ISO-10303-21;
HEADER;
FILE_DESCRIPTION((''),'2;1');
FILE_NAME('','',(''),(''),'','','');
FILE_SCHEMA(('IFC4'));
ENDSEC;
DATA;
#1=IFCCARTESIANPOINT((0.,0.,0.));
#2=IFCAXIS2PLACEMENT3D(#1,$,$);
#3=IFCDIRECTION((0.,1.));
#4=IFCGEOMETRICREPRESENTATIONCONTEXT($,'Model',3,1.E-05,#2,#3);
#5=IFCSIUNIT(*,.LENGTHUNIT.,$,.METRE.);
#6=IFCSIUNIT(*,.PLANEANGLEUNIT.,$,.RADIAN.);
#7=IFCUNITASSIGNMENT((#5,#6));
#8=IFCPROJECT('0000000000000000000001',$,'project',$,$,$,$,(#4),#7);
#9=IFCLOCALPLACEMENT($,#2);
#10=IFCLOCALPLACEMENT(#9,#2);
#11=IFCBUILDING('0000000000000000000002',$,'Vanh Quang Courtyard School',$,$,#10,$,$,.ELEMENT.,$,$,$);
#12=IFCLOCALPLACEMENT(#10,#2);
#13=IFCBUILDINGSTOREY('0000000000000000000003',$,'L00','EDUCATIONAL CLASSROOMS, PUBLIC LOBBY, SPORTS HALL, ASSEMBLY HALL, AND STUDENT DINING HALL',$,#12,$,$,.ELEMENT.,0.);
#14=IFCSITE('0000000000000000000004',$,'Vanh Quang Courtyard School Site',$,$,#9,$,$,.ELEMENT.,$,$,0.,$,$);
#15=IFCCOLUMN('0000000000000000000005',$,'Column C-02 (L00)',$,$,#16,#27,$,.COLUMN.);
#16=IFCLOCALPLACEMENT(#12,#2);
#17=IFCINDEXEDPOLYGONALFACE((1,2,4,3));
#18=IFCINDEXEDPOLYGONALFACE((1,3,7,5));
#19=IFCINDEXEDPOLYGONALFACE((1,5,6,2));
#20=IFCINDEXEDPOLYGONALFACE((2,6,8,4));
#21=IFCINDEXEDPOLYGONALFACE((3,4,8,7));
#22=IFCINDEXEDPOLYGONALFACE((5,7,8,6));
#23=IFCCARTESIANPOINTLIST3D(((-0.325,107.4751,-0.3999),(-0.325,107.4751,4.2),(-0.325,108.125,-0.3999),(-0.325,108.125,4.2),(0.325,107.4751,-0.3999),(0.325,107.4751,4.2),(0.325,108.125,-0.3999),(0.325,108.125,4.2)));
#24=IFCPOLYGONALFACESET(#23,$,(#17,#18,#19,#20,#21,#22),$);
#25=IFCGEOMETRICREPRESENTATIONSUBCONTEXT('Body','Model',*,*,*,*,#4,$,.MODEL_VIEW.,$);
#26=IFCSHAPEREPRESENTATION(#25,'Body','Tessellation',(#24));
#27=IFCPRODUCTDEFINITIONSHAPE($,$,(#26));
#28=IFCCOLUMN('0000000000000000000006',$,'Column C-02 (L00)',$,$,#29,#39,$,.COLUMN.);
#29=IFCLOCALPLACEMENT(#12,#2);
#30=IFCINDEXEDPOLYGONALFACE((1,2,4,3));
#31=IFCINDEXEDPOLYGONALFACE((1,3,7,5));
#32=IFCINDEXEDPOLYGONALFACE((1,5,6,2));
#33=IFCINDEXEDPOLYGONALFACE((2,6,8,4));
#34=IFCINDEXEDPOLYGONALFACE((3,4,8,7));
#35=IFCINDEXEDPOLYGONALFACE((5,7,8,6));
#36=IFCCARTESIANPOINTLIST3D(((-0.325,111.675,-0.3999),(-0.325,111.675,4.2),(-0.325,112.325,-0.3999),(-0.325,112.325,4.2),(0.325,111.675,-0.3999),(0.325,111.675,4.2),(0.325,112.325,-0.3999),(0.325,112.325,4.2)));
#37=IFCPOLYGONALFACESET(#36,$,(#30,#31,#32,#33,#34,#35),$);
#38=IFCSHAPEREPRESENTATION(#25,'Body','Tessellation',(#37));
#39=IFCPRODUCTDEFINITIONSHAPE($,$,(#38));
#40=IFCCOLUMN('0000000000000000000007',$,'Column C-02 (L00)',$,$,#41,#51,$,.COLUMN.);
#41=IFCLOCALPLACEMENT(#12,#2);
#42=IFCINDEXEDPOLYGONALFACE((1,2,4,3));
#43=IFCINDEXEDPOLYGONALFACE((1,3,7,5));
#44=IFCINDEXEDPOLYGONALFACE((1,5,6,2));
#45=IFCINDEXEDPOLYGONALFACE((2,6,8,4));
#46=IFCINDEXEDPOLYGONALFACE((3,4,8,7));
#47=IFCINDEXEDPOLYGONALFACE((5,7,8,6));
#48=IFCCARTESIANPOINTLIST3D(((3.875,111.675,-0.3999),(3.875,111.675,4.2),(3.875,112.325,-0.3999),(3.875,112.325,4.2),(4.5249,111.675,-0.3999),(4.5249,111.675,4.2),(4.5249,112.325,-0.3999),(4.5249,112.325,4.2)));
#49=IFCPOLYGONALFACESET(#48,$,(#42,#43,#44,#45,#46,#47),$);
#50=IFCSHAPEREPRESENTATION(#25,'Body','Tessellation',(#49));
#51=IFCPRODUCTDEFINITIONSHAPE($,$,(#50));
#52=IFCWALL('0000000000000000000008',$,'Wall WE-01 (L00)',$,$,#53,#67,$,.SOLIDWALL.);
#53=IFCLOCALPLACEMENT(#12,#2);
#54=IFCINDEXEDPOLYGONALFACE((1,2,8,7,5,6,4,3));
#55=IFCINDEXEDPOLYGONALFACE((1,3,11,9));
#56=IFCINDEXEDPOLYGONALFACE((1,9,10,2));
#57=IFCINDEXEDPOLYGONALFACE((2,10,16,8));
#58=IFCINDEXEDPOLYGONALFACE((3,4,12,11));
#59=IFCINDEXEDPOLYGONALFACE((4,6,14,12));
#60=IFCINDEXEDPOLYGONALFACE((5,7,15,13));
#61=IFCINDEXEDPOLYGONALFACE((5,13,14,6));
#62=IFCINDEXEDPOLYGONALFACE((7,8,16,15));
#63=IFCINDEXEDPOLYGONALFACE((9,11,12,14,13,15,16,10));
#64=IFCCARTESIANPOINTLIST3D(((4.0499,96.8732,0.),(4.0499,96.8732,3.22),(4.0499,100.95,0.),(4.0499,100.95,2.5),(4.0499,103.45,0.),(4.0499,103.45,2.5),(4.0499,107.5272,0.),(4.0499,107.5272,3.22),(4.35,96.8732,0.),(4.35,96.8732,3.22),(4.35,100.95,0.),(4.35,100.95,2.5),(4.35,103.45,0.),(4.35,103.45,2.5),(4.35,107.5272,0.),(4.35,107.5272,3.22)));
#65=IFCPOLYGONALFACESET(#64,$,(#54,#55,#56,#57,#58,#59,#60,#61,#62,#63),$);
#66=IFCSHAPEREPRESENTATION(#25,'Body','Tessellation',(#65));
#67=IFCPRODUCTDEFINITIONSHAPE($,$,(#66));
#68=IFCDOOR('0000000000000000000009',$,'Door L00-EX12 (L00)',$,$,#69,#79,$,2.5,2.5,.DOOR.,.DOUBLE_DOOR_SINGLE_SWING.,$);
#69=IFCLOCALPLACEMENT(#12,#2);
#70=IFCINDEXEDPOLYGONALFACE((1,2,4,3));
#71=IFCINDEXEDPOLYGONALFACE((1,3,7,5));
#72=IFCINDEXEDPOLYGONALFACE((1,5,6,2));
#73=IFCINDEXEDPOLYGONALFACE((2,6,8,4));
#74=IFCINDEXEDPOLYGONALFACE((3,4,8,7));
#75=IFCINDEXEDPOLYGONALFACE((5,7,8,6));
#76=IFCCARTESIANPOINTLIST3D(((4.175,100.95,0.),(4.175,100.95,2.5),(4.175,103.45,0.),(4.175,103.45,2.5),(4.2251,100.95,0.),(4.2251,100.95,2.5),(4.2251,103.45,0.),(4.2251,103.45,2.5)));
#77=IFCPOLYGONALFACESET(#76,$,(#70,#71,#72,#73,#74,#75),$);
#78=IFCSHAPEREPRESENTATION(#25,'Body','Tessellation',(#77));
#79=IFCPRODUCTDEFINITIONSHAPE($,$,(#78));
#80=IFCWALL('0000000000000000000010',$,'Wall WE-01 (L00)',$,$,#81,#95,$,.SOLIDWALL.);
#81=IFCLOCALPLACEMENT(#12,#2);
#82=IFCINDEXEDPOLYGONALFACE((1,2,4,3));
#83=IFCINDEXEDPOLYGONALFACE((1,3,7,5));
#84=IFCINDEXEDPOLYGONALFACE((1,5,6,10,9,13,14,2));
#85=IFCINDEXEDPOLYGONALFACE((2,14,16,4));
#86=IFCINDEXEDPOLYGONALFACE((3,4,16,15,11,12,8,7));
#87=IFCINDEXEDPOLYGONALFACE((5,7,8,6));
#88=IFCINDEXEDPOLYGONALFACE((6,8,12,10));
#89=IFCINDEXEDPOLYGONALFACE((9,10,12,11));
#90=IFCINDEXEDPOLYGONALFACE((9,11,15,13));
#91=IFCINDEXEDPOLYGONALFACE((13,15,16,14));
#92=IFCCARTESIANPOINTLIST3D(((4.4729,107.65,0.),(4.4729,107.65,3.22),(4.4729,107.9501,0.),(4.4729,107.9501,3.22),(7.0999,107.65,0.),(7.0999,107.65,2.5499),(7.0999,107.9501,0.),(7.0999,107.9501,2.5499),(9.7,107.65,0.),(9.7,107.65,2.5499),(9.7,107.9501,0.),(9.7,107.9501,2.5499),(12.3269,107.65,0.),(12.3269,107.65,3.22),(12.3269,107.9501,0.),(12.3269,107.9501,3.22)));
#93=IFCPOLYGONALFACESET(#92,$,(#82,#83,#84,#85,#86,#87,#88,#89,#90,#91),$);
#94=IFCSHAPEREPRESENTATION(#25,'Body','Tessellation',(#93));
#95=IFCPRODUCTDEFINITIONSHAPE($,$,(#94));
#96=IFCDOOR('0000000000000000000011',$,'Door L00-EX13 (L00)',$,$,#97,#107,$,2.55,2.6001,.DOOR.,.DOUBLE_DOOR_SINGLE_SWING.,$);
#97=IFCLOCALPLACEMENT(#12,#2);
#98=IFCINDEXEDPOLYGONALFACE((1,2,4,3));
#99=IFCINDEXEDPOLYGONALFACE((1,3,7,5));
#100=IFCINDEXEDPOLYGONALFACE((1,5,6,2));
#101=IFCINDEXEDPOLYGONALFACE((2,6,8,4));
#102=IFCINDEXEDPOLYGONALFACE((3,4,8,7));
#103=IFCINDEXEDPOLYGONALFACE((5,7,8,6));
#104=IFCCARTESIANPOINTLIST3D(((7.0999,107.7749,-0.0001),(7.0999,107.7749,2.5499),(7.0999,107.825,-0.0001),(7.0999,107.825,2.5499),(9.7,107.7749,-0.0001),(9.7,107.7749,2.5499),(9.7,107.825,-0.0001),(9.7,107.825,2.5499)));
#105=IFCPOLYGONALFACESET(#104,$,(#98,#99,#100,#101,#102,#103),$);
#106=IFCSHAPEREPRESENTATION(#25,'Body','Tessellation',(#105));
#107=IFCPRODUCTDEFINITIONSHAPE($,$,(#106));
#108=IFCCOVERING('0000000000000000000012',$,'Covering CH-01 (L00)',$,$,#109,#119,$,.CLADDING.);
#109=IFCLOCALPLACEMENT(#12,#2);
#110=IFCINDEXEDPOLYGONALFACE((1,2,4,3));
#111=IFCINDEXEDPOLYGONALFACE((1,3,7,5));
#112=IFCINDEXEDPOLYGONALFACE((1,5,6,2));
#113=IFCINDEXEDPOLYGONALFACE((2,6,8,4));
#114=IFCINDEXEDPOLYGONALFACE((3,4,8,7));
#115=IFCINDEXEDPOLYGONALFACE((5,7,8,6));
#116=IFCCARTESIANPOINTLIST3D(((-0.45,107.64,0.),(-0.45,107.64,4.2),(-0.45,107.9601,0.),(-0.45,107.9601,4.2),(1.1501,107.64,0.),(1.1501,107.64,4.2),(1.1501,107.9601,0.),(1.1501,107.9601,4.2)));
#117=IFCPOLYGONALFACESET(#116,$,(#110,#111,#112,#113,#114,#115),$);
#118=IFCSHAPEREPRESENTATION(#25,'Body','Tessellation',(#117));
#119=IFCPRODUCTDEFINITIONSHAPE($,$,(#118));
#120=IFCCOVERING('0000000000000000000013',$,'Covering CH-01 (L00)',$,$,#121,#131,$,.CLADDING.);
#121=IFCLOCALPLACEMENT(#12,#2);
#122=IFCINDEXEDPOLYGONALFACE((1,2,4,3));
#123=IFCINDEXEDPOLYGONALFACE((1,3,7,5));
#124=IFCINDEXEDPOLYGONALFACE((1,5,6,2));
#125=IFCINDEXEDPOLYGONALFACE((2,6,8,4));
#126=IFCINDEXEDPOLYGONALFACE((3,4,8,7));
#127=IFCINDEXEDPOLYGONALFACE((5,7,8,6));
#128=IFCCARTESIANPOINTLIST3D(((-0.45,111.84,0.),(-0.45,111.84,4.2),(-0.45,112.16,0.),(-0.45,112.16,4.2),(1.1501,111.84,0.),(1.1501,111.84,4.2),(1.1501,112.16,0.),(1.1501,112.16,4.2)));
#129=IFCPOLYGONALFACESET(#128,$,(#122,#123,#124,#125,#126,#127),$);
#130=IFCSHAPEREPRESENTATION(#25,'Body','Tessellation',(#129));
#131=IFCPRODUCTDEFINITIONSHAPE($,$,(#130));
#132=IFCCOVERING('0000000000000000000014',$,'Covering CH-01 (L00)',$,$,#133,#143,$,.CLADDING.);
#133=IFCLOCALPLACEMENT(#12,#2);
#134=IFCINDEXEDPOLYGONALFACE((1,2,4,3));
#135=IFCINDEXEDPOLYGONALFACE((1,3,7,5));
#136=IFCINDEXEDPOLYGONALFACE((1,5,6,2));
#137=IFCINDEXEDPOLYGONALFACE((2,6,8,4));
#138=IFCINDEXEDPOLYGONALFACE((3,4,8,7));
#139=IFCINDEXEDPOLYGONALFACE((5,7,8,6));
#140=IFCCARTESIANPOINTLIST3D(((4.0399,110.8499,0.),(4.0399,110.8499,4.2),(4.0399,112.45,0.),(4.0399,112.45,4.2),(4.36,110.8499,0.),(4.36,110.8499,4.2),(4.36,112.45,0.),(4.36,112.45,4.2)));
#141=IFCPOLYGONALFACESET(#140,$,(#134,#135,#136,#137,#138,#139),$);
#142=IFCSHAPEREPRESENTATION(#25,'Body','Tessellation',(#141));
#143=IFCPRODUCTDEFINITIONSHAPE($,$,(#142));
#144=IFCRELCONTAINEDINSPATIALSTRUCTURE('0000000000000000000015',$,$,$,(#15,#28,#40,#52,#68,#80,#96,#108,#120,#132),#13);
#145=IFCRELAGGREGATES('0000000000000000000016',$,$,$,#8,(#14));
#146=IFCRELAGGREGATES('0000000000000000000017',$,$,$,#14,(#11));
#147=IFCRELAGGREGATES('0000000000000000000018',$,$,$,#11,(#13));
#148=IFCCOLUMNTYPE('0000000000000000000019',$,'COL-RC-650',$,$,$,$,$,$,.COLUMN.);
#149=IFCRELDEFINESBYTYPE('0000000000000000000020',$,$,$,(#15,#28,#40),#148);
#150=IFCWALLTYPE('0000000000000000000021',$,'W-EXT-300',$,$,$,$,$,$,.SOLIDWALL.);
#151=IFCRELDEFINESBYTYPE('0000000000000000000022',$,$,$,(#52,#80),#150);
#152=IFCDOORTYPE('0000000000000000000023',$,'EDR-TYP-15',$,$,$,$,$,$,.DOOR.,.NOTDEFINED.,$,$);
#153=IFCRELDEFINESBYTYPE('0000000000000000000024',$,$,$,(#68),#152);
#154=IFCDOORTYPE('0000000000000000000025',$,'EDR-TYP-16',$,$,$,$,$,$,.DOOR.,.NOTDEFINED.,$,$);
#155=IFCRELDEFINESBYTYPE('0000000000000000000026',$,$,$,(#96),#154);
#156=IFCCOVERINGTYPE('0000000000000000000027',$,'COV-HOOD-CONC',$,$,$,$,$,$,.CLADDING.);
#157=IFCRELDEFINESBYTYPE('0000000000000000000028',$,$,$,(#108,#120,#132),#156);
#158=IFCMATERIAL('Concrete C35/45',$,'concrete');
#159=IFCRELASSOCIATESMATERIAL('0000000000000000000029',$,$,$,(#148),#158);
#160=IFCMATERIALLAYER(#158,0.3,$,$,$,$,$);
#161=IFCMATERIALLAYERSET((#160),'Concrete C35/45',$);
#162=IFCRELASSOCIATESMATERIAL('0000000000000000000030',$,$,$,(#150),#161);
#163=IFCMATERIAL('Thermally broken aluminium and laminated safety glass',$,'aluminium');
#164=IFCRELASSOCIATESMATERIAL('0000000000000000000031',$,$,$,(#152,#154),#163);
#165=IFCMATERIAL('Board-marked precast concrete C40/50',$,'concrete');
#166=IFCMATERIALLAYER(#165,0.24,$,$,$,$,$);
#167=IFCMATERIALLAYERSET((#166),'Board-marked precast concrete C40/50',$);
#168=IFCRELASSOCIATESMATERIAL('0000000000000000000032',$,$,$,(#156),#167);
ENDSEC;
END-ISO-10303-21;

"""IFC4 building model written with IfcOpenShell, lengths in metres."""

from ifc_helpers import new_model, si_unit, direction, frame, frame_2d, origin, origin_2d, place, context, subcontext, project, spatial, rectangle, extrude, material, layer, layer_set, material_profile, profile_set, type_object, element, fill, save


model = new_model("IFC4")

# Units and contexts
model_context = context("Model", 3, precision=1e-05, world=origin(), true_north=direction((0.0, 1.0)))
body_context = subcontext(model_context, "Body", "Model", "MODEL_VIEW")
ifc_project = project(units=[si_unit("LENGTHUNIT", "METRE"), si_unit("PLANEANGLEUNIT", "RADIAN")], contexts=[model_context])

# Site, building, storey
site_placement = place(None, origin())
site = spatial("IfcSite", under=ifc_project, at=site_placement, Name="Vanh Quang Courtyard School Site", CompositionType="ELEMENT", RefElevation=0.0)
building_placement = place(site_placement, origin())
building = spatial("IfcBuilding", under=site, at=building_placement, Name="Vanh Quang Courtyard School", CompositionType="ELEMENT")
storey_placement = place(building_placement, origin())
storey = spatial("IfcBuildingStorey", under=building, at=storey_placement, Name="L00", Description="EDUCATIONAL CLASSROOMS, PUBLIC LOBBY, SPORTS HALL, ASSEMBLY HALL, AND STUDENT DINING HALL", CompositionType="ELEMENT", Elevation=0.0)

# Shared definitions
ifc_material_1 = material(Name="Concrete C35/45", Category="concrete")

# Columns
ifc_material_profile_1 = material_profile(ifc_material_1, rectangle(XDim=0.6499, YDim=0.6499, at=origin_2d()), Name="RC-COL 650x650")
ifc_profile_set_1 = profile_set([ifc_material_profile_1], Name="Concrete C35/45")
column_type_1 = type_object("IfcColumnType", Name="COL-RC-650", PredefinedType="COLUMN", material=ifc_profile_set_1)
for number, where, z_axis, x_axis, name in (
    (1, (0.0, 107.8, -0.3999), (0.0, 0.0, 1.0), (1.0, 0.0, 0.0), "Column C-02 (L00)"),
    (2, (0.0, 112.0, -0.3999), (0.0, 0.0, 1.0), (1.0, 0.0, 0.0), "Column C-02 (L00)"),
    (3, (4.2, 112.0, -0.3999), (0.0, 0.0, 1.0), (1.0, 0.0, 0.0), "Column C-02 (L00)"),
):
    element("IfcColumn", number, at=place(storey_placement, frame(where, z_axis=z_axis, x_axis=x_axis)), inside=storey, type_object=column_type_1, Name=name, PredefinedType="COLUMN", context=body_context, shape_type="SweptSolid", body=[
        extrude(rectangle(XDim=0.6499, YDim=0.6499, at=origin_2d()), origin(), (0.0, 0.0, 1.0), 4.5999),
    ])

# Walls, openings, doors
ifc_layer_1 = layer(ifc_material_1, 0.3)
ifc_layer_set_1 = layer_set([ifc_layer_1], Name="Concrete C35/45")
wall_type = type_object("IfcWallType", Name="W-EXT-300", PredefinedType="SOLIDWALL", material=ifc_layer_set_1)
wall_1_placement = place(storey_placement, frame((4.2, 96.873, 0.0), z_axis=(0.0, 0.0, 1.0), x_axis=(0.0, 1.0, 0.0)))
wall_1 = element("IfcWall", 4, at=wall_1_placement, inside=storey, type_object=wall_type, Name="Wall WE-01 (L00)", PredefinedType="SOLIDWALL", context=body_context, shape_type="SweptSolid", body=[
    extrude(rectangle(XDim=10.6541, YDim=0.3, at=frame_2d((5.3271, 0.0))), origin(), (0.0, 0.0, 1.0), 3.22),
])
opening_1_placement = place(wall_1_placement, frame((4.0769, 0.0, 0.0)))
opening_1 = element("IfcOpeningElement", 5, at=opening_1_placement, cuts=wall_1, PredefinedType="OPENING", context=body_context, shape_type="SweptSolid", body=[
    extrude(rectangle(XDim=2.5, YDim=2.5, at=frame_2d((1.25, 1.25))), frame((0.0, 0.1602, 0.0), z_axis=(0.0, -1.0, 0.0), x_axis=(1.0, 0.0, 0.0)), (0.0, 0.0, 1.0), 0.3201),
])
ifc_material_2 = material(Name="Thermally broken aluminium and laminated safety glass", Category="aluminium")
door_type_1 = type_object("IfcDoorType", Name="EDR-TYP-15", OperationType="NOTDEFINED", PredefinedType="DOOR", material=ifc_material_2)
door_1_placement = place(opening_1_placement, origin())
door_1 = element("IfcDoor", 6, at=door_1_placement, inside=storey, type_object=door_type_1, Name="Door L00-EX12 (L00)", OperationType="DOUBLE_DOOR_SINGLE_SWING", OverallHeight=2.5, OverallWidth=2.5, PredefinedType="DOOR", context=body_context, shape_type="SweptSolid", body=[
    extrude(rectangle(XDim=2.5, YDim=2.5, at=frame_2d((1.25, 1.25))), frame((0.0, 0.0249, 0.0), z_axis=(0.0, -1.0, 0.0), x_axis=(1.0, 0.0, 0.0)), (0.0, 0.0, 1.0), 0.05),
])
fill(opening_1, door_1)
wall_2_placement = place(storey_placement, frame((4.4729, 107.8, 0.0), z_axis=(0.0, 0.0, 1.0), x_axis=(1.0, 0.0, 0.0)))
wall_2 = element("IfcWall", 7, at=wall_2_placement, inside=storey, type_object=wall_type, Name="Wall WE-01 (L00)", PredefinedType="SOLIDWALL", context=body_context, shape_type="SweptSolid", body=[
    extrude(rectangle(XDim=7.854, YDim=0.3, at=frame_2d((3.927, 0.0))), origin(), (0.0, 0.0, 1.0), 3.22),
])
opening_2_placement = place(wall_2_placement, frame((2.627, 0.0, 0.0)))
opening_2 = element("IfcOpeningElement", 8, at=opening_2_placement, cuts=wall_2, PredefinedType="OPENING", context=body_context, shape_type="SweptSolid", body=[
    extrude(rectangle(XDim=2.6001, YDim=2.55, at=frame_2d((1.3, 1.2749))), frame((0.0, 0.1602, 0.0), z_axis=(0.0, -1.0, 0.0), x_axis=(1.0, 0.0, 0.0)), (0.0, 0.0, 1.0), 0.3201),
])
door_type_2 = type_object("IfcDoorType", Name="EDR-TYP-16", OperationType="NOTDEFINED", PredefinedType="DOOR", material=ifc_material_2)
door_2_placement = place(opening_2_placement, origin())
door_2 = element("IfcDoor", 9, at=door_2_placement, inside=storey, type_object=door_type_2, Name="Door L00-EX13 (L00)", OperationType="DOUBLE_DOOR_SINGLE_SWING", OverallHeight=2.55, OverallWidth=2.6001, PredefinedType="DOOR", context=body_context, shape_type="SweptSolid", body=[
    extrude(rectangle(XDim=2.6001, YDim=2.55, at=frame_2d((1.3, 1.2749))), frame((0.0, 0.0249, 0.0), z_axis=(0.0, -1.0, 0.0), x_axis=(1.0, 0.0, 0.0)), (0.0, 0.0, 1.0), 0.05),
])
fill(opening_2, door_2)

# Coverings
ifc_material_3 = material(Name="Board-marked precast concrete C40/50", Category="concrete")
ifc_layer_2 = layer(ifc_material_3, 0.24)
ifc_layer_set_2 = layer_set([ifc_layer_2], Name="Board-marked precast concrete C40/50")
covering_type = type_object("IfcCoveringType", Name="COV-HOOD-CONC", PredefinedType="CLADDING", material=ifc_layer_set_2)
for number, where, z_axis, x_axis, name in (
    (10, (0.3501, 107.8, 0.0), (0.0, 0.0, 1.0), (1.0, 0.0, 0.0), "Covering CH-01 (L00)"),
    (11, (0.3501, 112.0, 0.0), (0.0, 0.0, 1.0), (1.0, 0.0, 0.0), "Covering CH-01 (L00)"),
    (12, (4.2, 111.6499, 0.0), (0.0, 0.0, 1.0), (0.0, 1.0, 0.0), "Covering CH-01 (L00)"),
):
    element("IfcCovering", number, at=place(storey_placement, frame(where, z_axis=z_axis, x_axis=x_axis)), inside=storey, type_object=covering_type, Name=name, PredefinedType="CLADDING", context=body_context, shape_type="SweptSolid", body=[
        extrude(rectangle(XDim=1.6001, YDim=0.3201, at=origin_2d()), origin(), (0.0, 0.0, 1.0), 4.2),
    ])

save(model, "model.ifc")
